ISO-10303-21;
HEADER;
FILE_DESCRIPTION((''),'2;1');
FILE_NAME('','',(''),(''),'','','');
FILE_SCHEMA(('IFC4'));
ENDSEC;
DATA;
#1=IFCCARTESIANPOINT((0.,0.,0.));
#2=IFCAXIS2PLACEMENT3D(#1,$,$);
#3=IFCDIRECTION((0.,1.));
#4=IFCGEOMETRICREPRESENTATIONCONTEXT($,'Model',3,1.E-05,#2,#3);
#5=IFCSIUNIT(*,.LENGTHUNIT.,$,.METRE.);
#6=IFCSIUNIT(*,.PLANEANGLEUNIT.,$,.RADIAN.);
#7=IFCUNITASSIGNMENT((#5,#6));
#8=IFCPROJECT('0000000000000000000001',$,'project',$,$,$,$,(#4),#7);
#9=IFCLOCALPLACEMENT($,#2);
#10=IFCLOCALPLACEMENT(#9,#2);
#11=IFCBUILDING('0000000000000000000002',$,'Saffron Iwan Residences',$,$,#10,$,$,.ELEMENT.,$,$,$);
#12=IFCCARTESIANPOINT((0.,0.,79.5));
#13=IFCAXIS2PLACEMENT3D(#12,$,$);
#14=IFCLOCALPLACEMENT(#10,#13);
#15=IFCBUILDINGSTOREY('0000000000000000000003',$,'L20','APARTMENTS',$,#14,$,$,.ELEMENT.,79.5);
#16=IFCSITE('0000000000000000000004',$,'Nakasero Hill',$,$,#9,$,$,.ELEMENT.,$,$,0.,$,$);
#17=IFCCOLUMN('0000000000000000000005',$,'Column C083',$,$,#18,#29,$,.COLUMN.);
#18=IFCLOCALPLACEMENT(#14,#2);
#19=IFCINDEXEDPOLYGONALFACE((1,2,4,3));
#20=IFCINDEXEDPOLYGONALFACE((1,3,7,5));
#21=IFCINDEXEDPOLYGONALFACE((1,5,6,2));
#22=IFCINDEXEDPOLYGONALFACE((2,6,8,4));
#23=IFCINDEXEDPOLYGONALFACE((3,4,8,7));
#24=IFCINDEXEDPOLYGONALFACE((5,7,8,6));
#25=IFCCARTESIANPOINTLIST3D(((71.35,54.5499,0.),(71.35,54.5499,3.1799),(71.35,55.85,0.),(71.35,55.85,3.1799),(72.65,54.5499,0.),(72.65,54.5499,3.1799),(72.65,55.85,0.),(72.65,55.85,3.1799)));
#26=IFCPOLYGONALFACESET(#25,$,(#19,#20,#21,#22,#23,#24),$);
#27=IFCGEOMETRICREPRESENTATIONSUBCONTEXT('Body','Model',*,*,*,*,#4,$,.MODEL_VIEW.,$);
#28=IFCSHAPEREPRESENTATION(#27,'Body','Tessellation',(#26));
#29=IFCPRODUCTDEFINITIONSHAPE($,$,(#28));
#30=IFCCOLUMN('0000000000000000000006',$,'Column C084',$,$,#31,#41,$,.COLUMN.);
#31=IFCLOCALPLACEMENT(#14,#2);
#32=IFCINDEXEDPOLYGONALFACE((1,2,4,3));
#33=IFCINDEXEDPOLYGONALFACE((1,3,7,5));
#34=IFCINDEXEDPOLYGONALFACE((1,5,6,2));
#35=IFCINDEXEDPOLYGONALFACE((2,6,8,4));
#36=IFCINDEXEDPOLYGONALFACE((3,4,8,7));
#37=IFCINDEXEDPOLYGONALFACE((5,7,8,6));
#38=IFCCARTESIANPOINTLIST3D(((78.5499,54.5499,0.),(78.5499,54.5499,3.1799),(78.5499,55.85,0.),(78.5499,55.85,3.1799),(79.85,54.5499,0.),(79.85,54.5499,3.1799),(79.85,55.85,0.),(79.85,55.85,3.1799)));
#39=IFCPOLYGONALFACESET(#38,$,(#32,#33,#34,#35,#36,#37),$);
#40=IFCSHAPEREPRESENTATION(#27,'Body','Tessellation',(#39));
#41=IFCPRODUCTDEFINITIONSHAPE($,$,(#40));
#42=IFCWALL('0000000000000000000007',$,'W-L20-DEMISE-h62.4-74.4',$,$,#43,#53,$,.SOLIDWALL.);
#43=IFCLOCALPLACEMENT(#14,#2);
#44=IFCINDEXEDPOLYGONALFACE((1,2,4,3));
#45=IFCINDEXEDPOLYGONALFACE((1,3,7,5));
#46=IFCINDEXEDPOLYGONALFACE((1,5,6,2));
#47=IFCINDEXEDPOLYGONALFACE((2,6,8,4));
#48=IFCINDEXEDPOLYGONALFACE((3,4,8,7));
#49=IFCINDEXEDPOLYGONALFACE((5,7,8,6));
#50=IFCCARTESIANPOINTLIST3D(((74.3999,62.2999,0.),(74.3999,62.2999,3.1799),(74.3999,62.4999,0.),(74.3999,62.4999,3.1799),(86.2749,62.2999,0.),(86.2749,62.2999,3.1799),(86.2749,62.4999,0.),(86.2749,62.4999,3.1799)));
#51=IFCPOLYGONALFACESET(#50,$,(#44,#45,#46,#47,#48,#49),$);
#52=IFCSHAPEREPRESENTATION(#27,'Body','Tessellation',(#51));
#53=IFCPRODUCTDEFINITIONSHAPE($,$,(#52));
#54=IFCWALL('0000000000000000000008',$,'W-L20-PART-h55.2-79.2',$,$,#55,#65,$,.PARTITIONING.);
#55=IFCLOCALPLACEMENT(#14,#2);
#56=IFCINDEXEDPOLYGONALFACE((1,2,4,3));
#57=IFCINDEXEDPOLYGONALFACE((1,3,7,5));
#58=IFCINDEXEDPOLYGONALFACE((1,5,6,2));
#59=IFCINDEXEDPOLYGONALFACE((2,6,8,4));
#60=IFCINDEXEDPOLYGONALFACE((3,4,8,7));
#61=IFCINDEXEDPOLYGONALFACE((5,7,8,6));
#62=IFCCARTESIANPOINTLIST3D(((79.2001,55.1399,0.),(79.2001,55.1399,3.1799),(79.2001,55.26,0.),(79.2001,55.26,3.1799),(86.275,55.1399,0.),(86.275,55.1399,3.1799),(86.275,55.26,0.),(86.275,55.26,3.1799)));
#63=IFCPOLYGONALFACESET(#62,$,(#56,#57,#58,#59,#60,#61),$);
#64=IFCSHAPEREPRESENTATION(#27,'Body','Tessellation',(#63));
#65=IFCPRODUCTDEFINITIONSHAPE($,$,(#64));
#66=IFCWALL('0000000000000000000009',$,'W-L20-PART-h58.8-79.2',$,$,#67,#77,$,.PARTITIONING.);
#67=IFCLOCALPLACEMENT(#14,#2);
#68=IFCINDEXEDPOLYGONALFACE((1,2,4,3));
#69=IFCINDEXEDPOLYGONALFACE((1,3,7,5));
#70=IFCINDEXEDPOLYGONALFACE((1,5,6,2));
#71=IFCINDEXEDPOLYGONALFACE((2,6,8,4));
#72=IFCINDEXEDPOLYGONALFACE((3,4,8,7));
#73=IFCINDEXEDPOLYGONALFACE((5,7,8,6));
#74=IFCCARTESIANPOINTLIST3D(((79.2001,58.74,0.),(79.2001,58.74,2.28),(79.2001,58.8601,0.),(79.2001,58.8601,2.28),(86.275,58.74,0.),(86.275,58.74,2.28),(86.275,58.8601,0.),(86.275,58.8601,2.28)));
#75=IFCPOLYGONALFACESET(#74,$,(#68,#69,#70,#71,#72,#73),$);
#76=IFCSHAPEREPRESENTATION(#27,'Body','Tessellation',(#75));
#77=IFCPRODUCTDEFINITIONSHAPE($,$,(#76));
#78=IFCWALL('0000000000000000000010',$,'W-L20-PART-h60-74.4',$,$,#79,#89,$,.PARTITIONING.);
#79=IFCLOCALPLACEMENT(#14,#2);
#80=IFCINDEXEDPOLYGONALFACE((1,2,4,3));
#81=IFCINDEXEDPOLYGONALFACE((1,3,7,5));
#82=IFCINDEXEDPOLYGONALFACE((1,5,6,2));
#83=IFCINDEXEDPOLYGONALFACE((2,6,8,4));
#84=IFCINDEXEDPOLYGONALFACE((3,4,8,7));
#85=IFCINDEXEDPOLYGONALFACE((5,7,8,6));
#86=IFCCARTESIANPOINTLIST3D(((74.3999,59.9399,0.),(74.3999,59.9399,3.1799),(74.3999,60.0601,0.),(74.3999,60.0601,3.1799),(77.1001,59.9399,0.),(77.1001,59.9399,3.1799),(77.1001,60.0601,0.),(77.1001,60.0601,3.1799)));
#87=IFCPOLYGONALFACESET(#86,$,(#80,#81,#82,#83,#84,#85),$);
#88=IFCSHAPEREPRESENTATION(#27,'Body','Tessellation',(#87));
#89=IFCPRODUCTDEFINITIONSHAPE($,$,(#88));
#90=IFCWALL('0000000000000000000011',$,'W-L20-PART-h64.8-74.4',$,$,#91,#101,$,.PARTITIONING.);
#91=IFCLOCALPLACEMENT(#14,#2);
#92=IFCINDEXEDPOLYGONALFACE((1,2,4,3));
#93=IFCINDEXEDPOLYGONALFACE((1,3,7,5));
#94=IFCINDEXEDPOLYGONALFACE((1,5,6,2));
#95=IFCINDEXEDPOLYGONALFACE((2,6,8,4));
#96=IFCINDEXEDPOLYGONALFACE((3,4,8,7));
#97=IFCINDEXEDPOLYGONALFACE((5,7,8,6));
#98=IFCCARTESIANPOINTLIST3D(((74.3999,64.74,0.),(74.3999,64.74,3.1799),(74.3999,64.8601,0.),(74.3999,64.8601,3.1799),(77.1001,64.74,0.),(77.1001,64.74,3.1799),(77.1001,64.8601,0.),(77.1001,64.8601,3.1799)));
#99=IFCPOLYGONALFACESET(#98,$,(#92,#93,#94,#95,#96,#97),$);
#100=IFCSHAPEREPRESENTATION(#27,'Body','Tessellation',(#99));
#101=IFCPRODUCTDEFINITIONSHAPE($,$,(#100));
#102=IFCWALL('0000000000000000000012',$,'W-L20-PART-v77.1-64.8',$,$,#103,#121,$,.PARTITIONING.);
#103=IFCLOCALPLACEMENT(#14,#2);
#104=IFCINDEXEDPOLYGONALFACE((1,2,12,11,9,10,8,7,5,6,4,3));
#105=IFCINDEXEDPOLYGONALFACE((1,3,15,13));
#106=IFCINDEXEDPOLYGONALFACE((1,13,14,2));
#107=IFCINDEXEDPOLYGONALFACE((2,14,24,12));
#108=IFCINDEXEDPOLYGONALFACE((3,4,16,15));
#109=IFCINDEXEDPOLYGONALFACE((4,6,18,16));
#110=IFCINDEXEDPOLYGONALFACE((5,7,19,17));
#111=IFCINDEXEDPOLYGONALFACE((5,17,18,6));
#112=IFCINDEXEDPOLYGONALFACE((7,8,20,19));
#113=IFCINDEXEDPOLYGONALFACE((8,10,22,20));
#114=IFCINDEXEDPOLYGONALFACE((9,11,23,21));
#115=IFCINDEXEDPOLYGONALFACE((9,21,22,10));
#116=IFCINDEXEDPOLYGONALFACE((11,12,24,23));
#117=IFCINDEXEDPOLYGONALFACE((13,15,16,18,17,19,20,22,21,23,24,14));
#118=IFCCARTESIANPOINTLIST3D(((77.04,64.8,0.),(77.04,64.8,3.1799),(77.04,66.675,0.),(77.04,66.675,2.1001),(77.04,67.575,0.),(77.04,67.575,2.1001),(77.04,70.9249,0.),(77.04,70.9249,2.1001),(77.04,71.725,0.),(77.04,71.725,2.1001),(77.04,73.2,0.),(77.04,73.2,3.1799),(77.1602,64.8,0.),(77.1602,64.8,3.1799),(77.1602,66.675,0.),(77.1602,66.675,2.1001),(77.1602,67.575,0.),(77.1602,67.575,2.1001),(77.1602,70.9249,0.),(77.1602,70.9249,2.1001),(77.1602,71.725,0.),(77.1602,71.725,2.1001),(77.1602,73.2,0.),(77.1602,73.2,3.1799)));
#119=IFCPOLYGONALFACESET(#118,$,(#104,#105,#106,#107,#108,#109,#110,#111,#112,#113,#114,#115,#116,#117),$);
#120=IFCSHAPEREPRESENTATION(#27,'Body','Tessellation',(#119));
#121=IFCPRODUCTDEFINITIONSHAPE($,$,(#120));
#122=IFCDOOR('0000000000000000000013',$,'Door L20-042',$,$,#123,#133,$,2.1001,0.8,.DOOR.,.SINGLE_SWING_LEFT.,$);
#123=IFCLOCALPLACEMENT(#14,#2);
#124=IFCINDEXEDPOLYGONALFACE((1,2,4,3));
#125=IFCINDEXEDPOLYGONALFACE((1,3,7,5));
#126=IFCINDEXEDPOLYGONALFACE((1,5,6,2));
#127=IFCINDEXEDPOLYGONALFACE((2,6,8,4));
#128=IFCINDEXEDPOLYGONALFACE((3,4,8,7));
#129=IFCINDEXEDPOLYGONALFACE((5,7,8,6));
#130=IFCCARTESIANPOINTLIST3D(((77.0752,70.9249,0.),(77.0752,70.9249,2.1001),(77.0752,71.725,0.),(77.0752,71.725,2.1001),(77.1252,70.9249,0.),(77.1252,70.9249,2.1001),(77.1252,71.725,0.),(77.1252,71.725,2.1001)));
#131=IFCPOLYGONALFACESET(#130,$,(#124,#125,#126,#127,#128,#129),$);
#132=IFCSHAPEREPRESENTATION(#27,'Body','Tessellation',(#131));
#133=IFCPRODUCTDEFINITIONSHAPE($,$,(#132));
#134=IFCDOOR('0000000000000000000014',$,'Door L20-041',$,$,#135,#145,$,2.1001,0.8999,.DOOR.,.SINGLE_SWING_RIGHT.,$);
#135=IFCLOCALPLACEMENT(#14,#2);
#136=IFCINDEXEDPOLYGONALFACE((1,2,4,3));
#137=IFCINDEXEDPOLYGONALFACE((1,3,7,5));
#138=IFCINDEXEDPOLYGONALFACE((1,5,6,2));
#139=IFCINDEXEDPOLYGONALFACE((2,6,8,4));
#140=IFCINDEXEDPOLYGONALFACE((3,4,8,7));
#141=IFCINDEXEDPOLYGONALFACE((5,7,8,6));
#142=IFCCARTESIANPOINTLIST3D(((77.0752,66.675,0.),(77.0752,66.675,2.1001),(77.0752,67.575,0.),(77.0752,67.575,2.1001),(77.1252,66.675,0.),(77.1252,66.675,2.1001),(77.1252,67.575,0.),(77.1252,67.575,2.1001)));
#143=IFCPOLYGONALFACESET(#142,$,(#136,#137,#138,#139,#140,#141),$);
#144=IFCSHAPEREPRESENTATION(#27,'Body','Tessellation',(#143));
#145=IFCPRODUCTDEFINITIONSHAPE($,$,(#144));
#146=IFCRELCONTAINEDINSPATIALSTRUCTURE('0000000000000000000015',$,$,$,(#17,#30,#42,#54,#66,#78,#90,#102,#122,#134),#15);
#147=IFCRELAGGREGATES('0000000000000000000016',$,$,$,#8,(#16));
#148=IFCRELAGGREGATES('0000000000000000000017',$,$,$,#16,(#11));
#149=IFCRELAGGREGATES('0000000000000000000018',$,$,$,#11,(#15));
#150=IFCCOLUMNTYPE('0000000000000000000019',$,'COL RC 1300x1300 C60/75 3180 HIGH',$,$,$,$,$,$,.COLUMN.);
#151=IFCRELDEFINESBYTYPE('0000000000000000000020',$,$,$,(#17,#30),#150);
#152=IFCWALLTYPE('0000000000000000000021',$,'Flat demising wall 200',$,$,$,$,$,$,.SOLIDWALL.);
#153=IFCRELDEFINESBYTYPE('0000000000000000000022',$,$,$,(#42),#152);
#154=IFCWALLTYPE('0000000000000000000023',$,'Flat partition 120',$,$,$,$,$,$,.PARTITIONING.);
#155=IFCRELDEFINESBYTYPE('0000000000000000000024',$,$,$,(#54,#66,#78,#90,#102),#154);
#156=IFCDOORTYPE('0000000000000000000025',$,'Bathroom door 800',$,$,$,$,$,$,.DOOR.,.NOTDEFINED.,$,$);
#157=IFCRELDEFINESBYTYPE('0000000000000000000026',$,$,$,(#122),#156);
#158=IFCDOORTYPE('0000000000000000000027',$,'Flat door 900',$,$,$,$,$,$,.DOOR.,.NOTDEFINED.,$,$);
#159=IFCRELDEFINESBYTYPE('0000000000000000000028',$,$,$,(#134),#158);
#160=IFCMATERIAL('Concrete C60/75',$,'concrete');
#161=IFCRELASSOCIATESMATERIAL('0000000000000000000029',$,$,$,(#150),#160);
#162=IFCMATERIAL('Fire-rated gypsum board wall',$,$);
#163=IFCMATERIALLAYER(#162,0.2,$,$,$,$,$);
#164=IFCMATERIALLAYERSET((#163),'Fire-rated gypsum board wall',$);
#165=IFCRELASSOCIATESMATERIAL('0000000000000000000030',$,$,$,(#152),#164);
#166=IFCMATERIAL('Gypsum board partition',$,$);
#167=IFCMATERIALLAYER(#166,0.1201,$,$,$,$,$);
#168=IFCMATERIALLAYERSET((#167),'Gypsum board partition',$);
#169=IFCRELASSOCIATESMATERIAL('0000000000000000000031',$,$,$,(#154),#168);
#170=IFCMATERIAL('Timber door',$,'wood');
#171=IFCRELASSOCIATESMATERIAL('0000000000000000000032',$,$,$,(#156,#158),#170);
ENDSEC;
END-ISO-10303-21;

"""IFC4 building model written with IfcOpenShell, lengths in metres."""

from ifc_helpers import new_model, si_unit, direction, frame, frame_2d, origin, origin_2d, place, context, subcontext, project, spatial, rectangle, extrude, source, transform, mapped, material, layer, layer_set, material_profile, profile_set, type_object, element, fill, save


model = new_model("IFC4")

# Units and contexts
model_context = context("Model", 3, precision=1e-05, world=origin(), true_north=direction((0.0, 1.0)))
body_context = subcontext(model_context, "Body", "Model", "MODEL_VIEW")
ifc_project = project(units=[si_unit("LENGTHUNIT", "METRE"), si_unit("PLANEANGLEUNIT", "RADIAN")], contexts=[model_context])

# Site, building, storey
site_placement = place(None, origin())
site = spatial("IfcSite", under=ifc_project, at=site_placement, Name="Nakasero Hill", CompositionType="ELEMENT", RefElevation=0.0)
building_placement = place(site_placement, origin())
building = spatial("IfcBuilding", under=site, at=building_placement, Name="Saffron Iwan Residences", CompositionType="ELEMENT")
storey_placement = place(building_placement, frame((0.0, 0.0, 79.5)))
storey = spatial("IfcBuildingStorey", under=building, at=storey_placement, Name="L20", Description="APARTMENTS", CompositionType="ELEMENT", Elevation=79.5)

# Columns
ifc_material_1 = material(Name="Concrete C60/75", Category="concrete")
ifc_material_profile = material_profile(ifc_material_1, rectangle(XDim=1.3, YDim=1.3, at=origin_2d()), Name="RC 1300x1300")
ifc_profile_set = profile_set([ifc_material_profile], Name="Concrete C60/75")
column_type = type_object("IfcColumnType", Name="COL RC 1300x1300 C60/75 3180 HIGH", PredefinedType="COLUMN", material=ifc_profile_set)
shared_shape = source(origin(), body_context, "Body", "SweptSolid", [
    extrude(rectangle(XDim=1.3, YDim=1.3, at=origin_2d()), origin(), (0.0, 0.0, 1.0), 3.1799),
])
for number, where, z_axis, x_axis, name in (
    (1, (72.0, 55.2, 0.0), (0.0, 0.0, 1.0), (1.0, 0.0, 0.0), "Column C083"),
    (2, (79.2, 55.2, 0.0), (0.0, 0.0, 1.0), (1.0, 0.0, 0.0), "Column C084"),
):
    element("IfcColumn", number, at=place(storey_placement, frame(where, z_axis=z_axis, x_axis=x_axis)), inside=storey, type_object=column_type, Name=name, PredefinedType="COLUMN", context=body_context, shape_type="MappedRepresentation", body=[
        mapped(shared_shape, transform((0.0, 0.0, 0.0))),
    ])

# Walls
ifc_material_2 = material(Name="Fire-rated gypsum board wall")
ifc_layer_1 = layer(ifc_material_2, 0.2)
ifc_layer_set_1 = layer_set([ifc_layer_1], Name="Fire-rated gypsum board wall")
wall_type_1 = type_object("IfcWallType", Name="Flat demising wall 200", PredefinedType="SOLIDWALL", material=ifc_layer_set_1)
wall_1_placement = place(storey_placement, frame((74.3999, 62.3999, 0.0), z_axis=(0.0, 0.0, 1.0), x_axis=(1.0, 0.0, 0.0)))
element("IfcWall", 3, at=wall_1_placement, inside=storey, type_object=wall_type_1, Name="W-L20-DEMISE-h62.4-74.4", PredefinedType="SOLIDWALL", context=body_context, shape_type="SweptSolid", body=[
    extrude(rectangle(XDim=11.875, YDim=0.2, at=frame_2d((5.9375, 0.0))), origin(), (0.0, 0.0, 1.0), 3.1799),
])
ifc_material_3 = material(Name="Gypsum board partition")
ifc_layer_2 = layer(ifc_material_3, 0.1201)
ifc_layer_set_2 = layer_set([ifc_layer_2], Name="Gypsum board partition")
wall_type_2 = type_object("IfcWallType", Name="Flat partition 120", PredefinedType="PARTITIONING", material=ifc_layer_set_2)
wall_2_placement = place(storey_placement, frame((79.2, 55.2, 0.0), z_axis=(0.0, 0.0, 1.0), x_axis=(1.0, 0.0, 0.0)))
element("IfcWall", 4, at=wall_2_placement, inside=storey, type_object=wall_type_2, Name="W-L20-PART-h55.2-79.2", PredefinedType="PARTITIONING", context=body_context, shape_type="SweptSolid", body=[
    extrude(rectangle(XDim=7.075, YDim=0.1201, at=frame_2d((3.5376, 0.0))), origin(), (0.0, 0.0, 1.0), 3.1799),
])
wall_3_placement = place(storey_placement, frame((79.2, 58.8, 0.0), z_axis=(0.0, 0.0, 1.0), x_axis=(1.0, 0.0, 0.0)))
element("IfcWall", 5, at=wall_3_placement, inside=storey, type_object=wall_type_2, Name="W-L20-PART-h58.8-79.2", PredefinedType="PARTITIONING", context=body_context, shape_type="SweptSolid", body=[
    extrude(rectangle(XDim=7.075, YDim=0.1201, at=frame_2d((3.5376, 0.0))), origin(), (0.0, 0.0, 1.0), 2.28),
])
for number, where, z_axis, x_axis, name in (
    (6, (74.3999, 60.0, 0.0), (0.0, 0.0, 1.0), (1.0, 0.0, 0.0), "W-L20-PART-h60-74.4"),
    (7, (74.3999, 64.8, 0.0), (0.0, 0.0, 1.0), (1.0, 0.0, 0.0), "W-L20-PART-h64.8-74.4"),
):
    element("IfcWall", number, at=place(storey_placement, frame(where, z_axis=z_axis, x_axis=x_axis)), inside=storey, type_object=wall_type_2, Name=name, PredefinedType="PARTITIONING", context=body_context, shape_type="SweptSolid", body=[
        extrude(rectangle(XDim=2.7002, YDim=0.1201, at=frame_2d((1.3501, 0.0))), origin(), (0.0, 0.0, 1.0), 3.1799),
    ])

# Wall, openings, doors
wall_4_placement = place(storey_placement, frame((77.1001, 64.8, 0.0), z_axis=(0.0, 0.0, 1.0), x_axis=(0.0, 1.0, 0.0)))
wall_4 = element("IfcWall", 8, at=wall_4_placement, inside=storey, type_object=wall_type_2, Name="W-L20-PART-v77.1-64.8", PredefinedType="PARTITIONING", context=body_context, shape_type="SweptSolid", body=[
    extrude(rectangle(XDim=8.3999, YDim=0.1201, at=frame_2d((4.2, 0.0))), origin(), (0.0, 0.0, 1.0), 3.1799),
])
opening_1_placement = place(wall_4_placement, frame((1.875, 0.0, 0.0)))
opening_1 = element("IfcOpeningElement", 9, at=opening_1_placement, cuts=wall_4, PredefinedType="OPENING", context=body_context, shape_type="SweptSolid", body=[
    extrude(rectangle(XDim=0.8999, YDim=2.1001, at=frame_2d((0.45, 1.05))), frame((0.0, 0.0701, 0.0), z_axis=(0.0, -1.0, 0.0), x_axis=(1.0, 0.0, 0.0)), (0.0, 0.0, 1.0), 0.1401),
])
opening_2_placement = place(wall_4_placement, frame((6.125, 0.0, 0.0)))
opening_2 = element("IfcOpeningElement", 10, at=opening_2_placement, cuts=wall_4, PredefinedType="OPENING", context=body_context, shape_type="SweptSolid", body=[
    extrude(rectangle(XDim=0.8, YDim=2.1001, at=frame_2d((0.3999, 1.05))), frame((0.0, 0.0701, 0.0), z_axis=(0.0, -1.0, 0.0), x_axis=(1.0, 0.0, 0.0)), (0.0, 0.0, 1.0), 0.1401),
])
ifc_material_4 = material(Name="Timber door", Category="wood")
door_type_1 = type_object("IfcDoorType", Name="Bathroom door 800", OperationType="NOTDEFINED", PredefinedType="DOOR", material=ifc_material_4)
door_1_placement = place(opening_2_placement, origin())
door_1 = element("IfcDoor", 11, at=door_1_placement, inside=storey, type_object=door_type_1, Name="Door L20-042", OperationType="SINGLE_SWING_LEFT", OverallHeight=2.1001, OverallWidth=0.8, PredefinedType="DOOR", context=body_context, shape_type="SweptSolid", body=[
    extrude(rectangle(XDim=0.8, YDim=2.1001, at=frame_2d((0.3999, 1.05))), frame((0.0, 0.0249, 0.0), z_axis=(0.0, -1.0, 0.0), x_axis=(1.0, 0.0, 0.0)), (0.0, 0.0, 1.0), 0.05),
])
fill(opening_2, door_1)
door_type_2 = type_object("IfcDoorType", Name="Flat door 900", OperationType="NOTDEFINED", PredefinedType="DOOR", material=ifc_material_4)
door_2_placement = place(opening_1_placement, origin())
door_2 = element("IfcDoor", 12, at=door_2_placement, inside=storey, type_object=door_type_2, Name="Door L20-041", OperationType="SINGLE_SWING_RIGHT", OverallHeight=2.1001, OverallWidth=0.8999, PredefinedType="DOOR", context=body_context, shape_type="SweptSolid", body=[
    extrude(rectangle(XDim=0.8999, YDim=2.1001, at=frame_2d((0.45, 1.05))), frame((0.0, 0.0249, 0.0), z_axis=(0.0, -1.0, 0.0), x_axis=(1.0, 0.0, 0.0)), (0.0, 0.0, 1.0), 0.05),
])
fill(opening_1, door_2)

save(model, "model.ifc")
